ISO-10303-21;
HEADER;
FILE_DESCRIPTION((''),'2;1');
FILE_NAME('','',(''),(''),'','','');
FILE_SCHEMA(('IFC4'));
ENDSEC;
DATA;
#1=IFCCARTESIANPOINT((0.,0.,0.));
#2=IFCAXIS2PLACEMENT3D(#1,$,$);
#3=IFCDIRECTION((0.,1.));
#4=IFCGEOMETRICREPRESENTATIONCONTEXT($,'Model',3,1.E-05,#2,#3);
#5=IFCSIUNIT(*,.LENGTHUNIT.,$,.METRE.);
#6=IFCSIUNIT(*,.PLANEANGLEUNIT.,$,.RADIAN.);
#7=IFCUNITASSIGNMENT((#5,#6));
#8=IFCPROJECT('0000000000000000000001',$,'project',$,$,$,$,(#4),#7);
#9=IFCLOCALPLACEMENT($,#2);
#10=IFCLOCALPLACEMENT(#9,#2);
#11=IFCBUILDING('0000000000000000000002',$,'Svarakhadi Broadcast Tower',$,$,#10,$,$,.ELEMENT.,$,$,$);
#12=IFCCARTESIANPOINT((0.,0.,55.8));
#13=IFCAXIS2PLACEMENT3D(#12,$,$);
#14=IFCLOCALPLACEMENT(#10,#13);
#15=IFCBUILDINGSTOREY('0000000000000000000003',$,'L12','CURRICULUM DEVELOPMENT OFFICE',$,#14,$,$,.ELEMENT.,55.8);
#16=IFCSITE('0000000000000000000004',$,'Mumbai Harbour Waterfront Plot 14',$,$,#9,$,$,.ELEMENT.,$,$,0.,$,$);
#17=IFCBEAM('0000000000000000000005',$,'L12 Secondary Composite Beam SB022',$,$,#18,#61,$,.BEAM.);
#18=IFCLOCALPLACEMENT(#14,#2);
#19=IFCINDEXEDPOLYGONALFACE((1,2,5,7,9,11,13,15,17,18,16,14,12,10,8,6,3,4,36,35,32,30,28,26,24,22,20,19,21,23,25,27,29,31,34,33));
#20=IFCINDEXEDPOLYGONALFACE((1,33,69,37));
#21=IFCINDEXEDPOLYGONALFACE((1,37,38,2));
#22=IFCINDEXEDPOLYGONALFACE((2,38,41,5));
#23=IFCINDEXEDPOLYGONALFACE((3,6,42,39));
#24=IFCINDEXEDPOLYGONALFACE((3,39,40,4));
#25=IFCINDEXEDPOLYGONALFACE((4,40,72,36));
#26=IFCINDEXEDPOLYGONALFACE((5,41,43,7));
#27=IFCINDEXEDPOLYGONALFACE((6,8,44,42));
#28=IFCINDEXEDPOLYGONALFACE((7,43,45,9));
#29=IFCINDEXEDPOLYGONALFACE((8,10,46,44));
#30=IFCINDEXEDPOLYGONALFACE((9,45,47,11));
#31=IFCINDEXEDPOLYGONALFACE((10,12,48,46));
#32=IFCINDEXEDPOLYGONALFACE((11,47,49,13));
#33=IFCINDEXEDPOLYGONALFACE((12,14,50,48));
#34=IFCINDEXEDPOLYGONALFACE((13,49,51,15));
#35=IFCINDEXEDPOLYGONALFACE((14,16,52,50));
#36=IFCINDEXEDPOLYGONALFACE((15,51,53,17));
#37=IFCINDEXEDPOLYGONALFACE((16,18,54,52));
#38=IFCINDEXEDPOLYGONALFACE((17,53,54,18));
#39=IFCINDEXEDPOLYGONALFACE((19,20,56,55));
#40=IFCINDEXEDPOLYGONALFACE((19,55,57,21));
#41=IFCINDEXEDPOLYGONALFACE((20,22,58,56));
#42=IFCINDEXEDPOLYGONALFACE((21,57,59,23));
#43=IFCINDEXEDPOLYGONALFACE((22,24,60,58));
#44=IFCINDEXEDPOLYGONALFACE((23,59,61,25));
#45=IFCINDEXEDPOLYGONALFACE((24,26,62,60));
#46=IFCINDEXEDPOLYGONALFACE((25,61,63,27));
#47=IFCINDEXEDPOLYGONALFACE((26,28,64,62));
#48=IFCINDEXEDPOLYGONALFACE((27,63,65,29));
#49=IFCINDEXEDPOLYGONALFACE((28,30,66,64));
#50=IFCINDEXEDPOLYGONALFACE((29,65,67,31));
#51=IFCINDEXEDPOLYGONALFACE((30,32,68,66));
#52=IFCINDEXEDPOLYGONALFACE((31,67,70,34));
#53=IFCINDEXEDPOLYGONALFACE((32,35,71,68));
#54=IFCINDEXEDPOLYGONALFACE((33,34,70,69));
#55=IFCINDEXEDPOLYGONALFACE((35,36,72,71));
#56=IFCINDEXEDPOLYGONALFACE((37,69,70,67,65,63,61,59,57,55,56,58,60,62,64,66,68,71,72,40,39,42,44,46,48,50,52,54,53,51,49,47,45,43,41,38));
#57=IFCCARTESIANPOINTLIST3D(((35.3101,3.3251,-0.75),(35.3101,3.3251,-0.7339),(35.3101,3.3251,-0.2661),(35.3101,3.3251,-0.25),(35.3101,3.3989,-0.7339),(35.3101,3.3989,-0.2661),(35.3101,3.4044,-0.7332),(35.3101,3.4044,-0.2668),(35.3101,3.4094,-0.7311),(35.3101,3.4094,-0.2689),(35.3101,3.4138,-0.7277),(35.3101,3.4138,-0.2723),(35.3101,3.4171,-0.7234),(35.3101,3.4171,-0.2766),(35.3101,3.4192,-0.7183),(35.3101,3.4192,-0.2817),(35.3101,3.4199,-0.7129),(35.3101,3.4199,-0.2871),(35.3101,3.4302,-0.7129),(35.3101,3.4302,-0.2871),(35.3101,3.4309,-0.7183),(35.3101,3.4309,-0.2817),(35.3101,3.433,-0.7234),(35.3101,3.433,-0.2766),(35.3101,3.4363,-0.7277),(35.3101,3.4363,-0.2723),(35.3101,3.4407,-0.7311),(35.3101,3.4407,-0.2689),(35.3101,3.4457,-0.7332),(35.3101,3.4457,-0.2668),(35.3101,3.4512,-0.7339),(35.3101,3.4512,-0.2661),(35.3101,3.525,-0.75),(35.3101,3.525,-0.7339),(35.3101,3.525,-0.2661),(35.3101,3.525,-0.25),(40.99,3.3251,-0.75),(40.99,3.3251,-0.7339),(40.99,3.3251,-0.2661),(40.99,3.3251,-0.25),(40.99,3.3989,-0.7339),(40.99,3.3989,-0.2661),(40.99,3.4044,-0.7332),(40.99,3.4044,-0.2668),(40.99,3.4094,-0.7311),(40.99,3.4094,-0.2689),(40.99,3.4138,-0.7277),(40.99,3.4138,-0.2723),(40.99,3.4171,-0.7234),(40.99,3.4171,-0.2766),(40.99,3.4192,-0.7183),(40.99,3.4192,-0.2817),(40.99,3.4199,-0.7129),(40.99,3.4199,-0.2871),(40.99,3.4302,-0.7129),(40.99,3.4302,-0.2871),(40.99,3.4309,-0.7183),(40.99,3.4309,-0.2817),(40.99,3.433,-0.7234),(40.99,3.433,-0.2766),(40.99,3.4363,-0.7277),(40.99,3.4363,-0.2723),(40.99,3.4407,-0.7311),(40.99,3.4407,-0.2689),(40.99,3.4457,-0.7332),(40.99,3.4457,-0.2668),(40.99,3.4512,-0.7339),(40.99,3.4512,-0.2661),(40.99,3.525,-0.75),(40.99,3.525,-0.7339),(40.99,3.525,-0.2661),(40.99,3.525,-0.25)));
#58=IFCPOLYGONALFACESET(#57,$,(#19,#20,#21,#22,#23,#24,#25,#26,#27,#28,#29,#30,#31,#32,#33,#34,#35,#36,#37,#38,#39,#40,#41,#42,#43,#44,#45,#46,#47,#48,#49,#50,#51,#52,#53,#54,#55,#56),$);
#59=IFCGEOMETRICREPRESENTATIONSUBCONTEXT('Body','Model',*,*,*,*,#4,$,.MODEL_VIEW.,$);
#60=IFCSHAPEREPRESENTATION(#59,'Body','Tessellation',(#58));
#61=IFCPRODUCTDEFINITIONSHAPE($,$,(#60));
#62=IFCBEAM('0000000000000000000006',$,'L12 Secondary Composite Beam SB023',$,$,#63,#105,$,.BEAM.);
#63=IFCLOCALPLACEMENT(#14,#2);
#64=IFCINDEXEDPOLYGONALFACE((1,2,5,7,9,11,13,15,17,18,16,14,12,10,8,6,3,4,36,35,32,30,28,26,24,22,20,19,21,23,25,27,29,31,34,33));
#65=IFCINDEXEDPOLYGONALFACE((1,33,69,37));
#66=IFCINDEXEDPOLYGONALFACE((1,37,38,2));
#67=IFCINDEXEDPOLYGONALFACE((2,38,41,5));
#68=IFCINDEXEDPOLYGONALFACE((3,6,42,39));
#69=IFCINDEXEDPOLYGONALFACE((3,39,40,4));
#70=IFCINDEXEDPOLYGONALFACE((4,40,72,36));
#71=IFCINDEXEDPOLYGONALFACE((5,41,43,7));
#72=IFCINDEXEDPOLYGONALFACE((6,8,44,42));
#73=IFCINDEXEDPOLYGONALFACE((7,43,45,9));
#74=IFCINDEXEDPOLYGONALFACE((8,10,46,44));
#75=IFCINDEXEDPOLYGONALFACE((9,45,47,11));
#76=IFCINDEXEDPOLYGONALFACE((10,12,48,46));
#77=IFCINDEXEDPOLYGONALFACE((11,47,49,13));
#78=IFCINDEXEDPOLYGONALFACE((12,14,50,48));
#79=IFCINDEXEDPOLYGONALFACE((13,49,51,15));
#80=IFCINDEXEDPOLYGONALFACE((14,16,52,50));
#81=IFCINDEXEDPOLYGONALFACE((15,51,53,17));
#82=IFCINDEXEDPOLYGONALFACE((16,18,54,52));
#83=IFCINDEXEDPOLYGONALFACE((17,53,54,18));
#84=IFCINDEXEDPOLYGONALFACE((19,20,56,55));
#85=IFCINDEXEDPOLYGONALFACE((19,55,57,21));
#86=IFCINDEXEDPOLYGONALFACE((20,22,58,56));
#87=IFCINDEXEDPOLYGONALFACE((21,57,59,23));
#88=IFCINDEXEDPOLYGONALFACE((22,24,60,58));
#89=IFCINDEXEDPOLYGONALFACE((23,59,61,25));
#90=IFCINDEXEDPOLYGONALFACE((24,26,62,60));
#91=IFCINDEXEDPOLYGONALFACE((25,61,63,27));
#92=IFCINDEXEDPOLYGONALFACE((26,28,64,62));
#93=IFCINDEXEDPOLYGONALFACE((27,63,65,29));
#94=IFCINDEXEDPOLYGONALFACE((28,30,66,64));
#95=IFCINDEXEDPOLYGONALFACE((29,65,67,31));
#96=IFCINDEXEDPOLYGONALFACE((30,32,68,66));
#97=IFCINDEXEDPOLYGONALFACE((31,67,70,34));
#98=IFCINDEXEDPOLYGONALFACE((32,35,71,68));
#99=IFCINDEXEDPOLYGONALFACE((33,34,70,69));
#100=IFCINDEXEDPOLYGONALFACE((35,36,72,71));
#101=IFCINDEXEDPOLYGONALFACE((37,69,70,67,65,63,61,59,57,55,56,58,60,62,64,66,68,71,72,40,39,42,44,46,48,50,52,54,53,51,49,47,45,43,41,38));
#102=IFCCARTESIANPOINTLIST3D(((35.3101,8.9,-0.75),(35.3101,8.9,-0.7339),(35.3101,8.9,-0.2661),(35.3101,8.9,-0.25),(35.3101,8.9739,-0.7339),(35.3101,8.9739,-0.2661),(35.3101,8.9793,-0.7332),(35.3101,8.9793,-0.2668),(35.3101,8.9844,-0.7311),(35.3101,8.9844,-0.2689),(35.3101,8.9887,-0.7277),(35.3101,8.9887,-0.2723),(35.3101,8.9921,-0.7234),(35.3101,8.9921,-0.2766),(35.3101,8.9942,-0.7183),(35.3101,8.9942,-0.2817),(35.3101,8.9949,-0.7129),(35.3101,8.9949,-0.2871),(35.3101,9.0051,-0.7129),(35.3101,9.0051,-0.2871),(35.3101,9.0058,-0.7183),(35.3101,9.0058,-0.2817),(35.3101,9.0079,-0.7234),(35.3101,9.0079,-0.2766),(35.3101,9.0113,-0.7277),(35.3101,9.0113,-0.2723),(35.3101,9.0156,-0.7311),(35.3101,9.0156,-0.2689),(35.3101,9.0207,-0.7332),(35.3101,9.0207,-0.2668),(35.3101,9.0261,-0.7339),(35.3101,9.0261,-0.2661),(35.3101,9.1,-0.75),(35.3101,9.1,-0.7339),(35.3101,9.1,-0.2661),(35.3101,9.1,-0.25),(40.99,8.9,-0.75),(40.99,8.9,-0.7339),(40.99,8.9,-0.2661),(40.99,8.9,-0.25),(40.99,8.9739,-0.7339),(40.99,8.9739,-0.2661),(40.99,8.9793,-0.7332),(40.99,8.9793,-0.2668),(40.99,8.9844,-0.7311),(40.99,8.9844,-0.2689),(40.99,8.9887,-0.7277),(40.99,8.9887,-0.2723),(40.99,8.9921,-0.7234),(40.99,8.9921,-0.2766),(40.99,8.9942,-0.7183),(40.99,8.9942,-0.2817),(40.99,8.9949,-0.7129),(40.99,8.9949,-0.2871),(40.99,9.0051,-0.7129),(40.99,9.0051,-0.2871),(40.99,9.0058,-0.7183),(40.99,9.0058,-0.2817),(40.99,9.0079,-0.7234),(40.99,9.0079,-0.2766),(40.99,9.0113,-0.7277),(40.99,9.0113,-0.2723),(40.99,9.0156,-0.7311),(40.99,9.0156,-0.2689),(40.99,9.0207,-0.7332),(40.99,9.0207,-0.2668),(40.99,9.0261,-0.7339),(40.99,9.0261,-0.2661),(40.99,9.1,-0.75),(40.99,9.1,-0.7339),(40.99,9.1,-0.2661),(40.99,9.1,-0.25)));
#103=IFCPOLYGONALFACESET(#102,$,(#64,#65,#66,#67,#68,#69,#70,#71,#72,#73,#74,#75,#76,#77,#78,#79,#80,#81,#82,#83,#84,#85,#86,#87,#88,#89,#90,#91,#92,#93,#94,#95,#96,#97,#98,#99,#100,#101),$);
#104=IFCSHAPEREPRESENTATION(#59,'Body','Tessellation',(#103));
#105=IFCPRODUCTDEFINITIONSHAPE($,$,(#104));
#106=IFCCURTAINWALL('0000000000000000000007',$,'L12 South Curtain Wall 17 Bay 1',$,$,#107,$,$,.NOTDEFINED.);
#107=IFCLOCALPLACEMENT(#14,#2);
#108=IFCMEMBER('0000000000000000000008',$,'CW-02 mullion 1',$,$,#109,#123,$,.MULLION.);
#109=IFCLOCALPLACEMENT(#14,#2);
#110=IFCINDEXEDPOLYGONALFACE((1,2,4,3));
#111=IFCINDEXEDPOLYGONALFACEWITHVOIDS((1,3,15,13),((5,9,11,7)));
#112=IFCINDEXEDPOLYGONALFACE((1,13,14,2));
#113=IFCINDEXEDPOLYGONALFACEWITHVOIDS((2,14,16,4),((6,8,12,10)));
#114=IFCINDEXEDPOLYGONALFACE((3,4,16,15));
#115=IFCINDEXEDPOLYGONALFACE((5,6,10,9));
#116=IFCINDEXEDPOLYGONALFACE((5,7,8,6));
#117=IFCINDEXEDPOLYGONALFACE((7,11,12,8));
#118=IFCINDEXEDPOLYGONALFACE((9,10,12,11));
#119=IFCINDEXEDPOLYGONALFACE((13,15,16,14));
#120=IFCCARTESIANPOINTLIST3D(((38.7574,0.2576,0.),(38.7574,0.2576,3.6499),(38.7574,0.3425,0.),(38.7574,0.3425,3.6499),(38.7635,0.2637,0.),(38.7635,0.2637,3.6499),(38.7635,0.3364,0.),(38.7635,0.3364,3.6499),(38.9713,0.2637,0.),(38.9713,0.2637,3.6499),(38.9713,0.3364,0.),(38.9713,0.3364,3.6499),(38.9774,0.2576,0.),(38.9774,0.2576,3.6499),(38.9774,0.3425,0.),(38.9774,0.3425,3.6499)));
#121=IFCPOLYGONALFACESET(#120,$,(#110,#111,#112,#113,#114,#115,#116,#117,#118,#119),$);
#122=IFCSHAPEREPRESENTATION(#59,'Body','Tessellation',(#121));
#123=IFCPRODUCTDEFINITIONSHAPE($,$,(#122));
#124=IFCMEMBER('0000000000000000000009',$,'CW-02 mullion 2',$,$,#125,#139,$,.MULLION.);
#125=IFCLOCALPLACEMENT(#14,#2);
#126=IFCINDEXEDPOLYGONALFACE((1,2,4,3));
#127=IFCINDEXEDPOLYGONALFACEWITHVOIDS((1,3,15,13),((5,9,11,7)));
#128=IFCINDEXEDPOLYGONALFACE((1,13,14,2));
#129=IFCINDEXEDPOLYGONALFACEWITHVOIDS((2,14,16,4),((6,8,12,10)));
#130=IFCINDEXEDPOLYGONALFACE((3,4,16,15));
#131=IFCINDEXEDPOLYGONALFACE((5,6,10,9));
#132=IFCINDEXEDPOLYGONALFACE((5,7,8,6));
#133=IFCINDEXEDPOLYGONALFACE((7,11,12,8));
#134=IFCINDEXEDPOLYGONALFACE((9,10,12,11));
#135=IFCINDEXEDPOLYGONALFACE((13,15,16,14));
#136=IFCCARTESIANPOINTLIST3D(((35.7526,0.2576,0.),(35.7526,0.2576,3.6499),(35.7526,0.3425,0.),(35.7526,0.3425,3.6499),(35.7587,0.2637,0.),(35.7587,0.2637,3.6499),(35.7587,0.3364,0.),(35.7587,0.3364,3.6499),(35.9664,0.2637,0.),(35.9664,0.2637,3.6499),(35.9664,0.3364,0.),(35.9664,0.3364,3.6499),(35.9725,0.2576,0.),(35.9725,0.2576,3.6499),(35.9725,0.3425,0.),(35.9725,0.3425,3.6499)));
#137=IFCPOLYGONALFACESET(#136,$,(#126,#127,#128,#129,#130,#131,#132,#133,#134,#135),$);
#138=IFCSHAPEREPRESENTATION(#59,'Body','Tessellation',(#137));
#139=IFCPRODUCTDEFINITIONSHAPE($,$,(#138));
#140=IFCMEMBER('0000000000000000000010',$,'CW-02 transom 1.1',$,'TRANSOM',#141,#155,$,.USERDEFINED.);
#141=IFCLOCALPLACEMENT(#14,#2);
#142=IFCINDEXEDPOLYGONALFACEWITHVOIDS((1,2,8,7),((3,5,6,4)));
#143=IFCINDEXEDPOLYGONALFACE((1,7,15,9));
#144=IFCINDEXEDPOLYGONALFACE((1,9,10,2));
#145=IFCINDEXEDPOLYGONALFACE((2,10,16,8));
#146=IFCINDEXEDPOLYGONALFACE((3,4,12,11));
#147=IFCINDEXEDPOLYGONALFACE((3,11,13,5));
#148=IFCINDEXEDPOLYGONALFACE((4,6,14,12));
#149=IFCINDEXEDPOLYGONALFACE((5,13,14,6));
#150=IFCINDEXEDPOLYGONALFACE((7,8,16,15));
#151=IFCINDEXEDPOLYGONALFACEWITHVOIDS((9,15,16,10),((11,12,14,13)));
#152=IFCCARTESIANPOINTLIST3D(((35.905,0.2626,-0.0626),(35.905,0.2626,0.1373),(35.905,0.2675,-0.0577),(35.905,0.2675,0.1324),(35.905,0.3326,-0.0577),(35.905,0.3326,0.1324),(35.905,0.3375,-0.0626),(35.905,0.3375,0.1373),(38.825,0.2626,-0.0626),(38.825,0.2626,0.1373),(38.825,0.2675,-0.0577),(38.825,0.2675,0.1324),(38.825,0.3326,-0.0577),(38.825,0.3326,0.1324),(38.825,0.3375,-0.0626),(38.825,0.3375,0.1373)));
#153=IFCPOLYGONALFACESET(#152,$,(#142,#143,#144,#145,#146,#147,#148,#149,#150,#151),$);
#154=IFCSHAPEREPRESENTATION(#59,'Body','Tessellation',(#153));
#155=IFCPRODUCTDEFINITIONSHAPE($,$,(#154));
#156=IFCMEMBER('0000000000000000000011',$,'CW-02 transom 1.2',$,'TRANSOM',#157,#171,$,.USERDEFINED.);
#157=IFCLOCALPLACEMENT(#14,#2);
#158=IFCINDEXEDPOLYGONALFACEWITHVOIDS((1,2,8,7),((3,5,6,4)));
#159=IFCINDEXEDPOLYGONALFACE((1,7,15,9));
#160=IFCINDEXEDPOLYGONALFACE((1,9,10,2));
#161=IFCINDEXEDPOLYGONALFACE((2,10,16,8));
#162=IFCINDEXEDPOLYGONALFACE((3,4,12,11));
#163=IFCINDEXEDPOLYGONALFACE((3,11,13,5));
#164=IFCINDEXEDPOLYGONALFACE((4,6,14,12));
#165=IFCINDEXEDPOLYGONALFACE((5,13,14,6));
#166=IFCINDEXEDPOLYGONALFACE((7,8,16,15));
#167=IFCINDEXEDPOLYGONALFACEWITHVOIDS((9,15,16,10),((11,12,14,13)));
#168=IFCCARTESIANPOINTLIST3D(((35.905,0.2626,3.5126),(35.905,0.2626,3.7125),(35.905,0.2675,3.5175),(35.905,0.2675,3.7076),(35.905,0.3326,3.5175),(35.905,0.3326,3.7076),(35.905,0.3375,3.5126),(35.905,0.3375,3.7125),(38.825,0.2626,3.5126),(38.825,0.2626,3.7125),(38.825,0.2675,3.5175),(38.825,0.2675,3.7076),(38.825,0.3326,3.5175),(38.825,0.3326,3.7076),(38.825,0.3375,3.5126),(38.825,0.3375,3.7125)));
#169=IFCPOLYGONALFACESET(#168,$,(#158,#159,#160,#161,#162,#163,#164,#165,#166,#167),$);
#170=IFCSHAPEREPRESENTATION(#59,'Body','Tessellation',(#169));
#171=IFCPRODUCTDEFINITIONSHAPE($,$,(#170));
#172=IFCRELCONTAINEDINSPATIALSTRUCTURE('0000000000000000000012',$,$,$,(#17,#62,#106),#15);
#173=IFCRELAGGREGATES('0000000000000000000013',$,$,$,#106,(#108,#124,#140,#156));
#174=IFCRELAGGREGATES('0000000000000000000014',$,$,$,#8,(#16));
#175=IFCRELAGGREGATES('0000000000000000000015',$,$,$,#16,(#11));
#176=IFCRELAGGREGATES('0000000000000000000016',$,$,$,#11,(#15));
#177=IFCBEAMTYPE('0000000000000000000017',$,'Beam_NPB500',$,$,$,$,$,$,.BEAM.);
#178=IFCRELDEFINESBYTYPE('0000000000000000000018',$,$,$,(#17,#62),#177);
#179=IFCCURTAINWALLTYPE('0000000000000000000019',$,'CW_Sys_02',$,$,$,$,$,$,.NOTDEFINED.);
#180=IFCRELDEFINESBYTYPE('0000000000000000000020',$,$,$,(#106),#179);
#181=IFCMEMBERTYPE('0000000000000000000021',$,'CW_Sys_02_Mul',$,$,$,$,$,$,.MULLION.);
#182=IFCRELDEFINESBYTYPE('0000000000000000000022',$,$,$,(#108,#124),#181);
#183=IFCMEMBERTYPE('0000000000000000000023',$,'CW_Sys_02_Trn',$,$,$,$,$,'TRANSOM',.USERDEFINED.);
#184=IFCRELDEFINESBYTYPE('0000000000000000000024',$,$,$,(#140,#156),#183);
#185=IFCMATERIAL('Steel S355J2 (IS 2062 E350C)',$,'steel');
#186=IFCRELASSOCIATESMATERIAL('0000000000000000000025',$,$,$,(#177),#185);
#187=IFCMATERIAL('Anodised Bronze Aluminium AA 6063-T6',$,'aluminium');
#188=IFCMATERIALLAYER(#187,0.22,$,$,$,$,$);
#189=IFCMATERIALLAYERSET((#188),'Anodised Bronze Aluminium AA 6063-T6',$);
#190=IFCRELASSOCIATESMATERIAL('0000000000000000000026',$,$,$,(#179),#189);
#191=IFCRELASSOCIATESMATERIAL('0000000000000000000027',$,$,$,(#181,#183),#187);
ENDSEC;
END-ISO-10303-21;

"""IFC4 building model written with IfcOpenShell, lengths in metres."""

from ifc_helpers import new_model, si_unit, direction, frame, origin, origin_2d, place, context, subcontext, project, spatial, hollow_rectangle, i_section, extrude, material, layer, layer_set, material_profile, profile_set, type_object, element, aggregate, save


model = new_model("IFC4")

# Units and contexts
model_context = context("Model", 3, precision=1e-05, world=origin(), true_north=direction((0.0, 1.0)))
body_context = subcontext(model_context, "Body", "Model", "MODEL_VIEW")
ifc_project = project(units=[si_unit("LENGTHUNIT", "METRE"), si_unit("PLANEANGLEUNIT", "RADIAN")], contexts=[model_context])

# Site, building, storey
site_placement = place(None, origin())
site = spatial("IfcSite", under=ifc_project, at=site_placement, Name="Mumbai Harbour Waterfront Plot 14", CompositionType="ELEMENT", RefElevation=0.0)
building_placement = place(site_placement, origin())
building = spatial("IfcBuilding", under=site, at=building_placement, Name="Svarakhadi Broadcast Tower", CompositionType="ELEMENT")
storey_placement = place(building_placement, frame((0.0, 0.0, 55.8)))
storey = spatial("IfcBuildingStorey", under=building, at=storey_placement, Name="L12", Description="CURRICULUM DEVELOPMENT OFFICE", CompositionType="ELEMENT", Elevation=55.8)

# Beams
ifc_material_1 = material(Name="Steel S355J2 (IS 2062 E350C)", Category="steel")
ifc_material_profile_1 = material_profile(ifc_material_1, i_section(OverallWidth=0.2, OverallDepth=0.5, WebThickness=0.0103, FlangeThickness=0.0161, FilletRadius=0.021, at=origin_2d()), Name="NPB 500x200x91")
ifc_profile_set_1 = profile_set([ifc_material_profile_1], Name="Steel S355J2 (IS 2062 E350C)")
beam_type_1 = type_object("IfcBeamType", Name="Beam_NPB500", PredefinedType="BEAM", material=ifc_profile_set_1)
for number, where, z_axis, x_axis, name in (
    (1, (35.3101, 3.425, -0.5), (1.0, 0.0, 0.0), (0.0, 1.0, 0.0), "L12 Secondary Composite Beam SB022"),
    (2, (35.3101, 9.0, -0.5), (1.0, 0.0, 0.0), (0.0, 1.0, 0.0), "L12 Secondary Composite Beam SB023"),
):
    element("IfcBeam", number, at=place(storey_placement, frame(where, z_axis=z_axis, x_axis=x_axis)), inside=storey, type_object=beam_type_1, Name=name, PredefinedType="BEAM", context=body_context, shape_type="SweptSolid", body=[
        extrude(i_section(OverallWidth=0.2, OverallDepth=0.5, WebThickness=0.0103, FlangeThickness=0.0161, FilletRadius=0.021, at=origin_2d()), origin(), (0.0, 0.0, 1.0), 5.6799),
    ])

# Curtain wall, members
ifc_material_2 = material(Name="Anodised Bronze Aluminium AA 6063-T6", Category="aluminium")
ifc_layer_1 = layer(ifc_material_2, 0.22)
ifc_layer_set_1 = layer_set([ifc_layer_1], Name="Anodised Bronze Aluminium AA 6063-T6")
curtain_wall_type = type_object("IfcCurtainWallType", Name="CW_Sys_02", PredefinedType="NOTDEFINED", material=ifc_layer_set_1)
curtain_wall_placement = place(storey_placement, origin())
curtain_wall = element("IfcCurtainWall", 3, at=curtain_wall_placement, inside=storey, type_object=curtain_wall_type, Name="L12 South Curtain Wall 17 Bay 1", PredefinedType="NOTDEFINED")
ifc_material_profile_2 = material_profile(ifc_material_2, hollow_rectangle(XDim=0.085, YDim=0.22, WallThickness=0.0061, at=origin_2d()), Name="ALU MULLION 220x85x6")
ifc_profile_set_2 = profile_set([ifc_material_profile_2], Name="Anodised Bronze Aluminium AA 6063-T6")
member_type_1 = type_object("IfcMemberType", Name="CW_Sys_02_Mul", PredefinedType="MULLION", material=ifc_profile_set_2)
member_1_placement = place(storey_placement, frame((38.8674, 0.3, 0.0), z_axis=(0.0, 0.0, 1.0), x_axis=(0.0, -1.0, 0.0)))
member_1 = element("IfcMember", 4, at=member_1_placement, type_object=member_type_1, Name="CW-02 mullion 1", PredefinedType="MULLION", context=body_context, shape_type="SweptSolid", body=[
    extrude(hollow_rectangle(XDim=0.085, YDim=0.22, WallThickness=0.0061, at=origin_2d()), origin(), (0.0, 0.0, 1.0), 3.6499),
])
member_2_placement = place(storey_placement, frame((35.8625, 0.3, 0.0), z_axis=(0.0, 0.0, 1.0), x_axis=(0.0, -1.0, 0.0)))
member_2 = element("IfcMember", 5, at=member_2_placement, type_object=member_type_1, Name="CW-02 mullion 2", PredefinedType="MULLION", context=body_context, shape_type="SweptSolid", body=[
    extrude(hollow_rectangle(XDim=0.085, YDim=0.22, WallThickness=0.0061, at=origin_2d()), origin(), (0.0, 0.0, 1.0), 3.6499),
])
ifc_material_profile_3 = material_profile(ifc_material_2, hollow_rectangle(XDim=0.075, YDim=0.2, WallThickness=0.0049, at=origin_2d()), Name="ALU TRANSOM 200x75x5")
ifc_profile_set_3 = profile_set([ifc_material_profile_3], Name="Anodised Bronze Aluminium AA 6063-T6")
member_type_2 = type_object("IfcMemberType", Name="CW_Sys_02_Trn", ElementType="TRANSOM", PredefinedType="USERDEFINED", material=ifc_profile_set_3)
member_3_placement = place(storey_placement, frame((38.825, 0.3, 0.0374), z_axis=(-1.0, 0.0, 0.0), x_axis=(0.0, -1.0, 0.0)))
member_3 = element("IfcMember", 6, at=member_3_placement, type_object=member_type_2, Name="CW-02 transom 1.1", ObjectType="TRANSOM", PredefinedType="USERDEFINED", context=body_context, shape_type="SweptSolid", body=[
    extrude(hollow_rectangle(XDim=0.075, YDim=0.2, WallThickness=0.0049, at=origin_2d()), origin(), (0.0, 0.0, 1.0), 2.9199),
])
member_4_placement = place(storey_placement, frame((38.825, 0.3, 3.6125), z_axis=(-1.0, 0.0, 0.0), x_axis=(0.0, -1.0, 0.0)))
member_4 = element("IfcMember", 7, at=member_4_placement, type_object=member_type_2, Name="CW-02 transom 1.2", ObjectType="TRANSOM", PredefinedType="USERDEFINED", context=body_context, shape_type="SweptSolid", body=[
    extrude(hollow_rectangle(XDim=0.075, YDim=0.2, WallThickness=0.0049, at=origin_2d()), origin(), (0.0, 0.0, 1.0), 2.9199),
])

aggregate(curtain_wall, [member_1, member_2, member_3, member_4])

save(model, "model.ifc")
